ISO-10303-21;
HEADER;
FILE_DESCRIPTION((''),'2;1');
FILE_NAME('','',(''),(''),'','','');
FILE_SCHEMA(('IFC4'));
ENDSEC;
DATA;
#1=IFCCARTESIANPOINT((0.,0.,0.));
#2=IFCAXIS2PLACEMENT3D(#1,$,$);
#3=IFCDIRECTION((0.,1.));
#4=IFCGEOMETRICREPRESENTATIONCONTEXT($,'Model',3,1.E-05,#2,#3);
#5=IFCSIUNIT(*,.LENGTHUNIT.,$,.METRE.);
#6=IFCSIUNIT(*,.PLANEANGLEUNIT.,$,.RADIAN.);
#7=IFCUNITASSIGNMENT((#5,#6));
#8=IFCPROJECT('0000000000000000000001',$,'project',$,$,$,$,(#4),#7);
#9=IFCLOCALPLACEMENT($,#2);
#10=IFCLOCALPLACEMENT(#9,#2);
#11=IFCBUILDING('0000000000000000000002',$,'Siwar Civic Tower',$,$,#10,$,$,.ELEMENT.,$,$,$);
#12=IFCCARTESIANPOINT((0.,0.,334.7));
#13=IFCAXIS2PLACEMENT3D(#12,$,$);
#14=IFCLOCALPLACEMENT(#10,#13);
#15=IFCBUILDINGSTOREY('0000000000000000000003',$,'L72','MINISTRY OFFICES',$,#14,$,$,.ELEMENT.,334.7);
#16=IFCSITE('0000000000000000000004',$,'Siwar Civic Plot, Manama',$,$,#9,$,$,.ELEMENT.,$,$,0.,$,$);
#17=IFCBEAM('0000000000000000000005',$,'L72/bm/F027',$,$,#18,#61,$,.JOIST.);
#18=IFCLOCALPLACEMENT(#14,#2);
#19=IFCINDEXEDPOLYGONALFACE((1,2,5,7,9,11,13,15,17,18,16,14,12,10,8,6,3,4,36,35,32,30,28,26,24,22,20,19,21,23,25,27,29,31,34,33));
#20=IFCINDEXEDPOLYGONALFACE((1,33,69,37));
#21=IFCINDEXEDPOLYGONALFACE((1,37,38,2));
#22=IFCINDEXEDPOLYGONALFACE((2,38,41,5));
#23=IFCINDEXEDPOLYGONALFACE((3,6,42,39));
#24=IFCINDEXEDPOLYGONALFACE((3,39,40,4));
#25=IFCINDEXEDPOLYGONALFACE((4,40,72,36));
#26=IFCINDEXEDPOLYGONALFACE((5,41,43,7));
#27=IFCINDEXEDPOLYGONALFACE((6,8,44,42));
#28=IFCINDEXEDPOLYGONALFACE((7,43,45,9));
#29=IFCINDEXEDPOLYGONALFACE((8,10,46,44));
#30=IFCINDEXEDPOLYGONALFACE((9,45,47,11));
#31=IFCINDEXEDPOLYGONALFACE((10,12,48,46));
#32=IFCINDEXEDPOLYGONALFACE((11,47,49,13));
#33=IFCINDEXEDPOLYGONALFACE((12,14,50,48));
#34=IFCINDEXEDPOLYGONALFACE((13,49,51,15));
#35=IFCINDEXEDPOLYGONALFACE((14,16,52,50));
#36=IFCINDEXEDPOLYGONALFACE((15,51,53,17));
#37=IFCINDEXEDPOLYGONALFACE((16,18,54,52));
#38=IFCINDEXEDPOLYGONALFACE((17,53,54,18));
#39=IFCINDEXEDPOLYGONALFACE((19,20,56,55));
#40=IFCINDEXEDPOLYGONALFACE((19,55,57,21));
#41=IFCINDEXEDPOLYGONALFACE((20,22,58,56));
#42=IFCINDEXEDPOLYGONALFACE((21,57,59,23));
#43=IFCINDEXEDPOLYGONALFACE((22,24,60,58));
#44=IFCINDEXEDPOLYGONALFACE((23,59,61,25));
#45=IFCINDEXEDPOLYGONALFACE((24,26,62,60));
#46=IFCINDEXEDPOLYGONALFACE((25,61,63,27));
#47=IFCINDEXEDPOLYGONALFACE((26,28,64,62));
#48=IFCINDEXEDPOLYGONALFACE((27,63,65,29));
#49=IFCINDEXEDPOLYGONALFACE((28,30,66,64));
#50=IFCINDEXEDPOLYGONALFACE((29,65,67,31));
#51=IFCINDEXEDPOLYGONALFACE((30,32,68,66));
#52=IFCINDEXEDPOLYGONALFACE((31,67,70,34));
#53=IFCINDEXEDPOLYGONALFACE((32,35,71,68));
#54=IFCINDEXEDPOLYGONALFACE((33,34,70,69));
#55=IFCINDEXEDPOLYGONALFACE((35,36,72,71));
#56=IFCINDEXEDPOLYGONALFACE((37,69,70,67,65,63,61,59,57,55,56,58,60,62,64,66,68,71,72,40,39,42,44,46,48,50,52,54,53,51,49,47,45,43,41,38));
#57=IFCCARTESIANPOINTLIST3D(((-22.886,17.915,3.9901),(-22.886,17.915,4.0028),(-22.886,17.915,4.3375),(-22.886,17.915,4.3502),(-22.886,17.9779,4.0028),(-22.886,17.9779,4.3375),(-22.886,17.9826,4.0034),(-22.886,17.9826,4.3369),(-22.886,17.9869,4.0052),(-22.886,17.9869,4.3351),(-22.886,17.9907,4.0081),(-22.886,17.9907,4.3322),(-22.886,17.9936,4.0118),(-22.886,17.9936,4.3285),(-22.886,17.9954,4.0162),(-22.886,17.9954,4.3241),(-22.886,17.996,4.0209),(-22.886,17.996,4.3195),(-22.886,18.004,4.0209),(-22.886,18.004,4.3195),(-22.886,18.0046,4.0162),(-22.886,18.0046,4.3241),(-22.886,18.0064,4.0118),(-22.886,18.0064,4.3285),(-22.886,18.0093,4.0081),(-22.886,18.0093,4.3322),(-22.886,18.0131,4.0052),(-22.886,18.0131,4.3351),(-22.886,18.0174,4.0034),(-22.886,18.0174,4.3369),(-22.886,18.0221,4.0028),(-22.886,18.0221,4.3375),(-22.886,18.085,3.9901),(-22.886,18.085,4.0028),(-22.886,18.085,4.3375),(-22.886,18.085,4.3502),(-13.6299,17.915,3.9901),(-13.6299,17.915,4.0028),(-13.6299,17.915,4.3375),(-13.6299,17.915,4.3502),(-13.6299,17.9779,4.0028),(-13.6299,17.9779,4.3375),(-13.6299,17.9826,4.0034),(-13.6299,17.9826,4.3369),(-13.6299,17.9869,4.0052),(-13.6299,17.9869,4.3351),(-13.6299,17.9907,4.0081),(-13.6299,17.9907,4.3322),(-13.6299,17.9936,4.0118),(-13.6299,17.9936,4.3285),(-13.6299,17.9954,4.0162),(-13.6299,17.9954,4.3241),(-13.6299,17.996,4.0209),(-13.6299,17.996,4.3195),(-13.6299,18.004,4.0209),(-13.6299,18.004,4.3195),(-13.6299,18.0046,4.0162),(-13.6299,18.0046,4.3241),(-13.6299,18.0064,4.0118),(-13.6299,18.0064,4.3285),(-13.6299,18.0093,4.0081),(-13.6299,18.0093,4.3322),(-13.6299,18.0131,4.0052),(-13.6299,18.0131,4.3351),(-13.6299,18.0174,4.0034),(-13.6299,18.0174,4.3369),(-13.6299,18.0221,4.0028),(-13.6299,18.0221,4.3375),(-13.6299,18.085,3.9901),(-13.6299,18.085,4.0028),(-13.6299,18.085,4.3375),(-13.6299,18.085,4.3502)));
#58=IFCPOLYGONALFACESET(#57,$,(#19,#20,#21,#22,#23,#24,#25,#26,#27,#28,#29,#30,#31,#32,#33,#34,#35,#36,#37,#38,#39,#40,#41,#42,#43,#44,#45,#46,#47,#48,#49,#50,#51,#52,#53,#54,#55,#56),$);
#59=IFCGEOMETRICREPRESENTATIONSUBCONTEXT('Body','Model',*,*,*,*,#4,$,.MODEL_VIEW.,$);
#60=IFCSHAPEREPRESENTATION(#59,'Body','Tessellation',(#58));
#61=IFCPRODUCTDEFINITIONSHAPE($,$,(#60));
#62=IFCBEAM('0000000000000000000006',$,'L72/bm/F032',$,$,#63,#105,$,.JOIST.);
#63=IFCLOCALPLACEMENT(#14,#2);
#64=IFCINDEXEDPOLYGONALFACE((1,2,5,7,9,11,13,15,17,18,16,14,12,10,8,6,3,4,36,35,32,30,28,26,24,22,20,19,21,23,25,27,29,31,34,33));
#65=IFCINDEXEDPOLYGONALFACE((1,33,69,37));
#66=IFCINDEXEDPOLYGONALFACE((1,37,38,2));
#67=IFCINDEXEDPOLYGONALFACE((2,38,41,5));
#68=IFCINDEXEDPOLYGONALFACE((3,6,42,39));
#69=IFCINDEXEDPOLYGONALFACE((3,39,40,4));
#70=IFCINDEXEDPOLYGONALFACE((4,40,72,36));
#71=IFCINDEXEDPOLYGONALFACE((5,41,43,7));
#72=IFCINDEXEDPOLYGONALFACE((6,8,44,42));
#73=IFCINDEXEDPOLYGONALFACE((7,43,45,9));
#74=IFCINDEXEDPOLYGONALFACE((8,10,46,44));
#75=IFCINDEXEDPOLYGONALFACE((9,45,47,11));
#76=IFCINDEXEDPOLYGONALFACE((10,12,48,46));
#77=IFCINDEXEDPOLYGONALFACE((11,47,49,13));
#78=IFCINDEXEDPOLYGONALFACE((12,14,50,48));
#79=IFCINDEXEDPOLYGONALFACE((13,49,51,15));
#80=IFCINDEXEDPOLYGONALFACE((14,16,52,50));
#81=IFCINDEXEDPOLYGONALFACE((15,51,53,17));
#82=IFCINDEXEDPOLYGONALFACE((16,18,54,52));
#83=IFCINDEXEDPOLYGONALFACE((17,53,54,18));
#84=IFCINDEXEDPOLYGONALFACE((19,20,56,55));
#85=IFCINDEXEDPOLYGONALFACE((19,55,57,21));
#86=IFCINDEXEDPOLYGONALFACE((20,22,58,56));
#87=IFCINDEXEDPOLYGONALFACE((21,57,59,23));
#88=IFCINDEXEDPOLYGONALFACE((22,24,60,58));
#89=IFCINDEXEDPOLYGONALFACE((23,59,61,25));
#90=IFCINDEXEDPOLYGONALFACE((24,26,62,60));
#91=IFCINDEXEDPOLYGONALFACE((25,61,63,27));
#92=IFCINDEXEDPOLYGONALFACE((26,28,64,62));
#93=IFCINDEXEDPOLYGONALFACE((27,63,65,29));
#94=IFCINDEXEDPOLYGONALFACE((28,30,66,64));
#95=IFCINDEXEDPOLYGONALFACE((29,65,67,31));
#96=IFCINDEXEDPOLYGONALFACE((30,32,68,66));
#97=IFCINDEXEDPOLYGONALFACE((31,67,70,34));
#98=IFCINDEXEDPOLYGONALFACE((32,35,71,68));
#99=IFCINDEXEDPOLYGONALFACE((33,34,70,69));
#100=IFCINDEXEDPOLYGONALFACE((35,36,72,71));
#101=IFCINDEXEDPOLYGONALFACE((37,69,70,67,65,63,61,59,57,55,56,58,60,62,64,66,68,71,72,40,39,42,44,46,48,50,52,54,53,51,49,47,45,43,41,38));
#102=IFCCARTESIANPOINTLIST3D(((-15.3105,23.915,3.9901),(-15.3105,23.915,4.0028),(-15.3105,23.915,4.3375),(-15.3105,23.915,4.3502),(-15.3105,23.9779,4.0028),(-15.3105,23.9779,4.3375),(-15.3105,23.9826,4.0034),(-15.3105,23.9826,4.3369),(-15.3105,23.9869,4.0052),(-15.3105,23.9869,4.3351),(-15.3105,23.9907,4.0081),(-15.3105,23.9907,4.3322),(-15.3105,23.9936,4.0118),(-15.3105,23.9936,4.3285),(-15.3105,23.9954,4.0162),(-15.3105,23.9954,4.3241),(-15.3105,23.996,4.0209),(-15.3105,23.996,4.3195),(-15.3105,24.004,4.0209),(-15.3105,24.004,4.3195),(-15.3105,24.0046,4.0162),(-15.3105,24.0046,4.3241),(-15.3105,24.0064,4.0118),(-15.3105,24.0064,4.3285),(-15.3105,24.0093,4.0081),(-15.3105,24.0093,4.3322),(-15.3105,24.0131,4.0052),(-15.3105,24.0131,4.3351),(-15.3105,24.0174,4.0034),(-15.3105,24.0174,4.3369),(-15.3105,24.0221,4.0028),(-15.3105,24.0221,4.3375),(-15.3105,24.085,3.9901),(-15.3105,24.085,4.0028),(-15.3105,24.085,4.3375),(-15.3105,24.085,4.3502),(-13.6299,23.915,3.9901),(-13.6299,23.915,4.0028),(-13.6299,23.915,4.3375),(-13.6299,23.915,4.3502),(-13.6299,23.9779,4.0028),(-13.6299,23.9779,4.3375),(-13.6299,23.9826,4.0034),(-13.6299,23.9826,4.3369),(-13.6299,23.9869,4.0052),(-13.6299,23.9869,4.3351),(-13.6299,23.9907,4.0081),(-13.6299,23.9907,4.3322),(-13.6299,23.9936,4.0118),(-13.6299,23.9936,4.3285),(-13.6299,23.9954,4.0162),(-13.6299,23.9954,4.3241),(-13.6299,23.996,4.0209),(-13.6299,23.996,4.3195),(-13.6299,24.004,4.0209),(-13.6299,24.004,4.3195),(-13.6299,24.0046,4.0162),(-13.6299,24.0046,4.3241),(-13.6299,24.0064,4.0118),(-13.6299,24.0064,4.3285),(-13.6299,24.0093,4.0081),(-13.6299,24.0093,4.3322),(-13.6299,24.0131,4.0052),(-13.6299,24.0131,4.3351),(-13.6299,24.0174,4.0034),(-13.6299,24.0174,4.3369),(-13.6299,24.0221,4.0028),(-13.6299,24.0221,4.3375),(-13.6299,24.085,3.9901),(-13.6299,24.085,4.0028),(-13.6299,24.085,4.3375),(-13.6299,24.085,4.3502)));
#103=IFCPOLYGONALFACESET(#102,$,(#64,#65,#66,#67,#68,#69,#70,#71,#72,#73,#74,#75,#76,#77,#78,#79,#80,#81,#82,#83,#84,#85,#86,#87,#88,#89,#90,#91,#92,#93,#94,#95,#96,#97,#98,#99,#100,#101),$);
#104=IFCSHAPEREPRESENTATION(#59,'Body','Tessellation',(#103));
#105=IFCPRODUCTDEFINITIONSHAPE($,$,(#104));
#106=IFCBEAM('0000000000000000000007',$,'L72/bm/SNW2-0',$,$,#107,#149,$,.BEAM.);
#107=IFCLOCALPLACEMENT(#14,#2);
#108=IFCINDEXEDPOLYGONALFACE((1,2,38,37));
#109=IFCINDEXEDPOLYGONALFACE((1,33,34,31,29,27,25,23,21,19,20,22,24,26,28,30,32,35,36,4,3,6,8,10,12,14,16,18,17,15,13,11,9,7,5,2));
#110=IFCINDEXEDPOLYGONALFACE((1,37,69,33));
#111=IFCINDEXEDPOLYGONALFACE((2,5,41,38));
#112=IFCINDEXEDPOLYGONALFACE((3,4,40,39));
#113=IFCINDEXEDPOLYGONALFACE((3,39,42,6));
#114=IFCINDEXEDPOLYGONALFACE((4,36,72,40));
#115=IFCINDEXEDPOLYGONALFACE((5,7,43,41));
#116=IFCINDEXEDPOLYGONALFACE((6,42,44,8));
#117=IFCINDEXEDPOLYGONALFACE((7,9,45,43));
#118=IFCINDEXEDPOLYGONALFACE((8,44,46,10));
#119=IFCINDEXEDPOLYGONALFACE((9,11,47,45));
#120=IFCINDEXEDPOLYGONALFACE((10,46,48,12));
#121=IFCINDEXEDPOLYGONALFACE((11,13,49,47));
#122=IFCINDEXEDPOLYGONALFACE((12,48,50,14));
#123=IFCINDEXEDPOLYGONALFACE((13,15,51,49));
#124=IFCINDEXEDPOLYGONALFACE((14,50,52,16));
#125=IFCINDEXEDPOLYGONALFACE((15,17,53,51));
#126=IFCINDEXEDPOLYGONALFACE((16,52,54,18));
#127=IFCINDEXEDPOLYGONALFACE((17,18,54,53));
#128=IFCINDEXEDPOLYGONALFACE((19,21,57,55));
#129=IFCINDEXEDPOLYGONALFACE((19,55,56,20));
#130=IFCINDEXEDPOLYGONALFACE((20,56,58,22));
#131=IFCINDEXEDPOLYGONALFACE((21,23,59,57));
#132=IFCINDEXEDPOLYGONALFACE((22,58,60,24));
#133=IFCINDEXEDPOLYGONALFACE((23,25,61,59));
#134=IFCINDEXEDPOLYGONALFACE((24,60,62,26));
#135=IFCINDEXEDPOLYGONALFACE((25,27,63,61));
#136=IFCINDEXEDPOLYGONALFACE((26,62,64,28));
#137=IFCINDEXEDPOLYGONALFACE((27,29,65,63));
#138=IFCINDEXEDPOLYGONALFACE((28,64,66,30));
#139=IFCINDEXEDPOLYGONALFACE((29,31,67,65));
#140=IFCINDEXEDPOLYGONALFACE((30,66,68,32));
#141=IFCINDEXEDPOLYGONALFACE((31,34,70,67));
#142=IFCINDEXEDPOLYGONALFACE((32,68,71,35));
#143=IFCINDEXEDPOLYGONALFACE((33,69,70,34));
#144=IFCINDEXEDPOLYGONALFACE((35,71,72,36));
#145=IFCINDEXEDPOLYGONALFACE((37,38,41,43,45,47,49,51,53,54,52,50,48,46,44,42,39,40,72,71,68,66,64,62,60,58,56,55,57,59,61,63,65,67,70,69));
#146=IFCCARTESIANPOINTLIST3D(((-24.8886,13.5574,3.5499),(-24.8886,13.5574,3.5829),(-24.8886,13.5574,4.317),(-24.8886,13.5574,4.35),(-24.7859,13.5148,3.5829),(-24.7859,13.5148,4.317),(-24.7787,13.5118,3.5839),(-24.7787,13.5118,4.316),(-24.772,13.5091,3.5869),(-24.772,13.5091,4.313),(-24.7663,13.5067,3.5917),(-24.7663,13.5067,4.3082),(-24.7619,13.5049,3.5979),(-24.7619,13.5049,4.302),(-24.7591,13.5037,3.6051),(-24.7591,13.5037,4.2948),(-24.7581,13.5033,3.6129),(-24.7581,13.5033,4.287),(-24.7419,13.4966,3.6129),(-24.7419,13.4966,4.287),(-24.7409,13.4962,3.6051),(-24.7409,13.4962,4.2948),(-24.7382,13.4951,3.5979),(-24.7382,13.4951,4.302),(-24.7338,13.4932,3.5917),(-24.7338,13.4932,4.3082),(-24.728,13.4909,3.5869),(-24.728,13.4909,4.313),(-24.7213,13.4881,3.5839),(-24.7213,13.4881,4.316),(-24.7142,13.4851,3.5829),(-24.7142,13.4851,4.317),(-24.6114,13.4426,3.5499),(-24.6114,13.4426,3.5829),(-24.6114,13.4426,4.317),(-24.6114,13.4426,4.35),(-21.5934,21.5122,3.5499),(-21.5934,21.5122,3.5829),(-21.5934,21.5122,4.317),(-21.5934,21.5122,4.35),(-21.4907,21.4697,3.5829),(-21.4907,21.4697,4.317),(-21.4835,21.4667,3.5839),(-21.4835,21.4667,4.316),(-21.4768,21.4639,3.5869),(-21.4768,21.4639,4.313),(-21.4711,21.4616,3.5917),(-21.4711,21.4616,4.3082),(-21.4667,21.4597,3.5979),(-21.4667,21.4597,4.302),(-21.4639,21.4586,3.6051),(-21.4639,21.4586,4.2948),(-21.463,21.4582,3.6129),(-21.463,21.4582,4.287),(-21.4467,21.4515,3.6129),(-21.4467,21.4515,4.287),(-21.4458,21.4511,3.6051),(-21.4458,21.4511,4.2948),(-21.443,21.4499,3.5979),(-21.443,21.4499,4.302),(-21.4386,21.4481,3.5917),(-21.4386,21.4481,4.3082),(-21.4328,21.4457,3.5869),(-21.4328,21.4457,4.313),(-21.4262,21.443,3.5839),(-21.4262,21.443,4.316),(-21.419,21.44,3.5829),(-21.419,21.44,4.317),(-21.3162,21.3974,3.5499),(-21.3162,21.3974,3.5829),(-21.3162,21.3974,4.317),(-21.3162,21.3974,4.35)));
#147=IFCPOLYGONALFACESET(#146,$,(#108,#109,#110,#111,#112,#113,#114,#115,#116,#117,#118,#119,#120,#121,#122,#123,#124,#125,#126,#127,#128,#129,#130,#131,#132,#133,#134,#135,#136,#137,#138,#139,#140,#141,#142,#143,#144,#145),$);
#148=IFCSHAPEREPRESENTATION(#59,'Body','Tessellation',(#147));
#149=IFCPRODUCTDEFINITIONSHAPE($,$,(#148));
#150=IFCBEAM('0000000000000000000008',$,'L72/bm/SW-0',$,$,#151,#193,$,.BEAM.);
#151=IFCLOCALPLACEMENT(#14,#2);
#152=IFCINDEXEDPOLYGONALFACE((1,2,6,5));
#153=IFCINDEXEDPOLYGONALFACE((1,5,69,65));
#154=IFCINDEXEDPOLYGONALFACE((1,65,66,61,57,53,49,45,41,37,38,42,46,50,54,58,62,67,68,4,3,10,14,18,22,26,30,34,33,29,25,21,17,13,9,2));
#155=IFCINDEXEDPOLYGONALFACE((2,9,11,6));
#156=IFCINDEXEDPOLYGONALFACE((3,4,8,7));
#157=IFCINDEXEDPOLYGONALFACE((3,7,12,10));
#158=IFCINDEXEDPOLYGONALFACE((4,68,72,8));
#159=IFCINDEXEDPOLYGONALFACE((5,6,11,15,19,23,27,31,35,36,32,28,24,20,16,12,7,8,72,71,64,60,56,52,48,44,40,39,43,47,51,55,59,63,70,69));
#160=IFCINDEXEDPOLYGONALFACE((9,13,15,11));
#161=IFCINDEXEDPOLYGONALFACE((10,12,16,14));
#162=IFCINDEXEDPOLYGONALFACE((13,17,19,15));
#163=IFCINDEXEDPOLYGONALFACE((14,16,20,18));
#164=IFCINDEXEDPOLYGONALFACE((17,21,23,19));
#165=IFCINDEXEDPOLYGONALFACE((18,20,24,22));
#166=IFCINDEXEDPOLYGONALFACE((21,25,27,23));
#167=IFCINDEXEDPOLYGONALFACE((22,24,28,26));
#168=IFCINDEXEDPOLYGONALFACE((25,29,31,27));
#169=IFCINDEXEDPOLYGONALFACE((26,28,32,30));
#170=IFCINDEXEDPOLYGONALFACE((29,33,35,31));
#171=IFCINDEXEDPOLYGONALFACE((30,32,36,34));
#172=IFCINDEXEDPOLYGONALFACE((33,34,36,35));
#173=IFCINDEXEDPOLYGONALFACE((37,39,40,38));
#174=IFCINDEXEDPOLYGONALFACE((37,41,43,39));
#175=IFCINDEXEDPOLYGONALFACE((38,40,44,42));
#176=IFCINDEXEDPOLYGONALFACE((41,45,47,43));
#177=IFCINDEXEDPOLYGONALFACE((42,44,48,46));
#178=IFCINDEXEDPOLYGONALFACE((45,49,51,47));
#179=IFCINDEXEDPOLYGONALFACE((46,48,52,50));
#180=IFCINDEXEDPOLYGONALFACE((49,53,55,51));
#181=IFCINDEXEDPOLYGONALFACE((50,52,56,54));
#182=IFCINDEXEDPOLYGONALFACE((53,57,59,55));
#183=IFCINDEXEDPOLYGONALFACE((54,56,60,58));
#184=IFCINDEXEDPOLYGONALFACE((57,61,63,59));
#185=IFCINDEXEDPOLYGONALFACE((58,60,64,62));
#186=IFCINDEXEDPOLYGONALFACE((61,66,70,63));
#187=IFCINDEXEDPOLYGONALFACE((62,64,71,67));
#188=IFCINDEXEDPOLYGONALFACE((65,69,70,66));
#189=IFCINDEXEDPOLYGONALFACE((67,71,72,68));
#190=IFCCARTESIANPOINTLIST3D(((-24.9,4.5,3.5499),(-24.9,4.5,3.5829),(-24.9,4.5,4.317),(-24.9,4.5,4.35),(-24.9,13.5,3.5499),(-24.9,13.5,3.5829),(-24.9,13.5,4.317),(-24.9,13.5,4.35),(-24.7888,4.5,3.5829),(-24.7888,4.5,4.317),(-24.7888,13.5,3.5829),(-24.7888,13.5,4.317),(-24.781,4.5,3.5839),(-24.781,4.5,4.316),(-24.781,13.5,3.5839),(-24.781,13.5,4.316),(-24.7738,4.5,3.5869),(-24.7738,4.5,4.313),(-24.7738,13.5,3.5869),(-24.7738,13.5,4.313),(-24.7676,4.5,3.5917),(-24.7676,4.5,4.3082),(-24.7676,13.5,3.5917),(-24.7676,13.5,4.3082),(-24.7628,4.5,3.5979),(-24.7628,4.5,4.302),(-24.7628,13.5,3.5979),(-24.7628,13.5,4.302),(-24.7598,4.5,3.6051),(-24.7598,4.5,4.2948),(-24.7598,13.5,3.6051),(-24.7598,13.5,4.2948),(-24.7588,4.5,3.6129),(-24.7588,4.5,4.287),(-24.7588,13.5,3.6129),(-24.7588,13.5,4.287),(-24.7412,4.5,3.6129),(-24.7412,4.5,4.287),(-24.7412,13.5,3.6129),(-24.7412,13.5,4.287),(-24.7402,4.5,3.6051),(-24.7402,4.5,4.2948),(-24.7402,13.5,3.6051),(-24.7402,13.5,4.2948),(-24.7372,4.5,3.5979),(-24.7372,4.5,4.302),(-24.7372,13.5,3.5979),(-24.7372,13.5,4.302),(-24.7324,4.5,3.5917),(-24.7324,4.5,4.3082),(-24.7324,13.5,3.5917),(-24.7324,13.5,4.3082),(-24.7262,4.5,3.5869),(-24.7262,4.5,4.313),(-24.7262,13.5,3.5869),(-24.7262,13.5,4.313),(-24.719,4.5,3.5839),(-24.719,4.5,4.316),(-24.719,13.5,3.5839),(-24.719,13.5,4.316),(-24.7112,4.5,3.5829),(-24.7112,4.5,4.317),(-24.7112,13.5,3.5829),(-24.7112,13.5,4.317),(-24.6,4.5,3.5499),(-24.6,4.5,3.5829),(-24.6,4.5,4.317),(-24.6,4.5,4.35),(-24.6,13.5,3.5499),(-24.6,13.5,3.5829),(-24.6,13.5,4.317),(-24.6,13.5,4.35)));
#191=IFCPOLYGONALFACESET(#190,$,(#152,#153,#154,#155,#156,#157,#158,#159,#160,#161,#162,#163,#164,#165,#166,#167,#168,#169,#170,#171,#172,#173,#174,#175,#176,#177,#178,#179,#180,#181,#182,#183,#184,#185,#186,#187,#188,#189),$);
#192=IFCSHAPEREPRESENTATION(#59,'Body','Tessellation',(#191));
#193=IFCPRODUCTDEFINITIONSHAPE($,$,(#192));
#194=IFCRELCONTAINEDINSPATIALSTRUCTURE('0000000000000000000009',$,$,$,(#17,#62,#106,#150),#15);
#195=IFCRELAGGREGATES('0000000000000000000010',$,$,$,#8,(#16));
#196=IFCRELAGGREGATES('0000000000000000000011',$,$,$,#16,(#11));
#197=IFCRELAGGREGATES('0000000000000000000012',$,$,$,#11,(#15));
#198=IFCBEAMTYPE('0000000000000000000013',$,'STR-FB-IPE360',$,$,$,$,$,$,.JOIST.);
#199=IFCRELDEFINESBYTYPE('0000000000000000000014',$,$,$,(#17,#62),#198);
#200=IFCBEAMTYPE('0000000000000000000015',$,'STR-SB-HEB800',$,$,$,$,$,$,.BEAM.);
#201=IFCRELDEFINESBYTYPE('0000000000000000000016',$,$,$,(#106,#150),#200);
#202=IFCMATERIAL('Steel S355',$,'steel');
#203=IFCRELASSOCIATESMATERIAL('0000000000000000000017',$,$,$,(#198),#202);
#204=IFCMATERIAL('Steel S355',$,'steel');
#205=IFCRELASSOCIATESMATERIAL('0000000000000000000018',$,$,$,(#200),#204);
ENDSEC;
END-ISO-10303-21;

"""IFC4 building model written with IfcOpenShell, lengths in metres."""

from ifc_helpers import new_model, si_unit, direction, frame, origin, origin_2d, place, context, subcontext, project, spatial, i_section, extrude, material, material_profile, profile_set, type_object, element, save


model = new_model("IFC4")

# Units and contexts
model_context = context("Model", 3, precision=1e-05, world=origin(), true_north=direction((0.0, 1.0)))
body_context = subcontext(model_context, "Body", "Model", "MODEL_VIEW")
ifc_project = project(units=[si_unit("LENGTHUNIT", "METRE"), si_unit("PLANEANGLEUNIT", "RADIAN")], contexts=[model_context])

# Site, building, storey
site_placement = place(None, origin())
site = spatial("IfcSite", under=ifc_project, at=site_placement, Name="Siwar Civic Plot, Manama", CompositionType="ELEMENT", RefElevation=0.0)
building_placement = place(site_placement, origin())
building = spatial("IfcBuilding", under=site, at=building_placement, Name="Siwar Civic Tower", CompositionType="ELEMENT")
storey_placement = place(building_placement, frame((0.0, 0.0, 334.7)))
storey = spatial("IfcBuildingStorey", under=building, at=storey_placement, Name="L72", Description="MINISTRY OFFICES", CompositionType="ELEMENT", Elevation=334.7)

# Beams
ifc_material_1 = material(Name="Steel S355", Category="steel")
ifc_material_profile_1 = material_profile(ifc_material_1, i_section(OverallWidth=0.1699, OverallDepth=0.3601, WebThickness=0.0081, FlangeThickness=0.0127, FilletRadius=0.0181, at=origin_2d()), Name="IPE360")
ifc_profile_set_1 = profile_set([ifc_material_profile_1], Name="Steel S355")
beam_type_1 = type_object("IfcBeamType", Name="STR-FB-IPE360", PredefinedType="JOIST", material=ifc_profile_set_1)
beam_1_placement = place(storey_placement, frame((-22.886, 18.0, 4.1702), z_axis=(1.0, 0.0, 0.0), x_axis=(0.0, 1.0, 0.0)))
element("IfcBeam", 1, at=beam_1_placement, inside=storey, type_object=beam_type_1, Name="L72/bm/F027", PredefinedType="JOIST", context=body_context, shape_type="SweptSolid", body=[
    extrude(i_section(OverallWidth=0.1699, OverallDepth=0.3601, WebThickness=0.0081, FlangeThickness=0.0127, FilletRadius=0.0181, at=origin_2d()), origin(), (0.0, 0.0, 1.0), 9.2561),
])
beam_2_placement = place(storey_placement, frame((-15.3105, 24.0, 4.1702), z_axis=(1.0, 0.0, 0.0), x_axis=(0.0, 1.0, 0.0)))
element("IfcBeam", 2, at=beam_2_placement, inside=storey, type_object=beam_type_1, Name="L72/bm/F032", PredefinedType="JOIST", context=body_context, shape_type="SweptSolid", body=[
    extrude(i_section(OverallWidth=0.1699, OverallDepth=0.3601, WebThickness=0.0081, FlangeThickness=0.0127, FilletRadius=0.0181, at=origin_2d()), origin(), (0.0, 0.0, 1.0), 1.6807),
])
ifc_material_2 = material(Name="Steel S355", Category="steel")
ifc_material_profile_2 = material_profile(ifc_material_2, i_section(OverallWidth=0.3, OverallDepth=0.8, WebThickness=0.0176, FlangeThickness=0.033, FilletRadius=0.03, at=origin_2d()), Name="HEB800")
ifc_profile_set_2 = profile_set([ifc_material_profile_2], Name="Steel S355")
beam_type_2 = type_object("IfcBeamType", Name="STR-SB-HEB800", PredefinedType="BEAM", material=ifc_profile_set_2)
beam_3_placement = place(storey_placement, frame((-21.4548, 21.4548, 3.95), z_axis=(-0.3827, -0.923873, 0.0), x_axis=(0.923873, -0.3827, 0.0)))
element("IfcBeam", 3, at=beam_3_placement, inside=storey, type_object=beam_type_2, Name="L72/bm/SNW2-0", PredefinedType="BEAM", context=body_context, shape_type="SweptSolid", body=[
    extrude(i_section(OverallWidth=0.3, OverallDepth=0.8, WebThickness=0.0176, FlangeThickness=0.033, FilletRadius=0.03, at=origin_2d()), origin(), (0.0, 0.0, 1.0), 8.6104),
])
beam_4_placement = place(storey_placement, frame((-24.75, 13.5, 3.95), z_axis=(0.0, -1.0, 0.0), x_axis=(1.0, 0.0, 0.0)))
element("IfcBeam", 4, at=beam_4_placement, inside=storey, type_object=beam_type_2, Name="L72/bm/SW-0", PredefinedType="BEAM", context=body_context, shape_type="SweptSolid", body=[
    extrude(i_section(OverallWidth=0.3, OverallDepth=0.8, WebThickness=0.0176, FlangeThickness=0.033, FilletRadius=0.03, at=origin_2d()), origin(), (0.0, 0.0, 1.0), 9.0),
])

save(model, "model.ifc")
